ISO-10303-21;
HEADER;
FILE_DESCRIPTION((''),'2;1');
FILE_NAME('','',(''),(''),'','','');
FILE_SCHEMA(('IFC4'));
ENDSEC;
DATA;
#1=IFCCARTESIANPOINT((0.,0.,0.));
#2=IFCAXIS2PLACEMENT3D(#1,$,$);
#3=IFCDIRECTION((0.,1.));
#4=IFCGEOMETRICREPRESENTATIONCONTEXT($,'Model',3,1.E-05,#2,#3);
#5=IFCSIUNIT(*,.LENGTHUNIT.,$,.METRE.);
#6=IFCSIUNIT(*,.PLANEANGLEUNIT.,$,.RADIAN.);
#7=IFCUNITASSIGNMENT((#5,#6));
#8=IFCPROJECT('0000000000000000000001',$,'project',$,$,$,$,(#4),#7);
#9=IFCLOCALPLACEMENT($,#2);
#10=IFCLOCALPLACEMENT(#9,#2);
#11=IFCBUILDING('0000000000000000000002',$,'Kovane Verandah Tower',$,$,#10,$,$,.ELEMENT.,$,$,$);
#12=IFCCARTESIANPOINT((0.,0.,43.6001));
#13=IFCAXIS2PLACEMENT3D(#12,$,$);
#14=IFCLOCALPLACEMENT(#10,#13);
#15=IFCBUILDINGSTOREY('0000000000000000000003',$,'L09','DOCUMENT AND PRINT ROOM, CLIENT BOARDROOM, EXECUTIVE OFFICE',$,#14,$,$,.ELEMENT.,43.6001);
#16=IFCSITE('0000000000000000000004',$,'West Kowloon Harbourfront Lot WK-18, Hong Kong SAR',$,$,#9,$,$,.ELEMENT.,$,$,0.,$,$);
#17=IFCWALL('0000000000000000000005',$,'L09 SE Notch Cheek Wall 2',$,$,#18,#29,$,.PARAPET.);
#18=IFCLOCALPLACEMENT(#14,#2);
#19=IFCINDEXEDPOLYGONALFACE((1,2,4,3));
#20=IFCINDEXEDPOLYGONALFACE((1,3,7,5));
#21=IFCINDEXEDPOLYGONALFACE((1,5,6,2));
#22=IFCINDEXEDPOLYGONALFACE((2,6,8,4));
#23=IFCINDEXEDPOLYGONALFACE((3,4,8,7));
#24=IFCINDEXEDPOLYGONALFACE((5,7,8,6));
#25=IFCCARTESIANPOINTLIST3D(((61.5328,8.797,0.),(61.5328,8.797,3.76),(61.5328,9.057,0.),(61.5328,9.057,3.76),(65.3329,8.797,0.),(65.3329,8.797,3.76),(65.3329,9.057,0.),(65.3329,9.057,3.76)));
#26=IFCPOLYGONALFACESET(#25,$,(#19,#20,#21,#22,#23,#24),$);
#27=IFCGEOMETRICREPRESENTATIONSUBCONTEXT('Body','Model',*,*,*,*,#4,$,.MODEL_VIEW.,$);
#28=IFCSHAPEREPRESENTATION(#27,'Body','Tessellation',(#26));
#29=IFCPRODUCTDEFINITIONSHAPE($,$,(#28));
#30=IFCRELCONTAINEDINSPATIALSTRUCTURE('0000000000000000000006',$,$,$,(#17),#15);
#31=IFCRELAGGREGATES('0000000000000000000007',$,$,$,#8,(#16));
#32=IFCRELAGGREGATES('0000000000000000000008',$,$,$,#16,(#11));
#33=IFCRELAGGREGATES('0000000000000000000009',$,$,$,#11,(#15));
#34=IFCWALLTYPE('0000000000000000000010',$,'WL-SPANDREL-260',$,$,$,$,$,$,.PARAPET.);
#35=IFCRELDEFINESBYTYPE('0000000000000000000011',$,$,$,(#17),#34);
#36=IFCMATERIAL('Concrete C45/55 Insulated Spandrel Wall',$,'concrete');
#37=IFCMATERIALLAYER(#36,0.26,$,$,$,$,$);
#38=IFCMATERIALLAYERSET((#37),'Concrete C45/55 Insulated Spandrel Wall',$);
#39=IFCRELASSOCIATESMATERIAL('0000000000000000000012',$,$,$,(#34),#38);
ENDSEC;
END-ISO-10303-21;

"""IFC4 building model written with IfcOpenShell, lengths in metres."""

from ifc_helpers import new_model, si_unit, direction, frame, frame_2d, origin, place, context, subcontext, project, spatial, rectangle, extrude, material, layer, layer_set, type_object, element, save


model = new_model("IFC4")

# Units and contexts
model_context = context("Model", 3, precision=1e-05, world=origin(), true_north=direction((0.0, 1.0)))
body_context = subcontext(model_context, "Body", "Model", "MODEL_VIEW")
ifc_project = project(units=[si_unit("LENGTHUNIT", "METRE"), si_unit("PLANEANGLEUNIT", "RADIAN")], contexts=[model_context])

# Site, building, storey
site_placement = place(None, origin())
site = spatial("IfcSite", under=ifc_project, at=site_placement, Name="West Kowloon Harbourfront Lot WK-18, Hong Kong SAR", CompositionType="ELEMENT", RefElevation=0.0)
building_placement = place(site_placement, origin())
building = spatial("IfcBuilding", under=site, at=building_placement, Name="Kovane Verandah Tower", CompositionType="ELEMENT")
storey_placement = place(building_placement, frame((0.0, 0.0, 43.6001)))
storey = spatial("IfcBuildingStorey", under=building, at=storey_placement, Name="L09", Description="DOCUMENT AND PRINT ROOM, CLIENT BOARDROOM, EXECUTIVE OFFICE", CompositionType="ELEMENT", Elevation=43.6001)

# Shared definitions
ifc_material_1 = material(Name="Concrete C45/55 Insulated Spandrel Wall", Category="concrete")
ifc_layer_1 = layer(ifc_material_1, 0.26)
ifc_layer_set_1 = layer_set([ifc_layer_1], Name="Concrete C45/55 Insulated Spandrel Wall")
wall_type = type_object("IfcWallType", Name="WL-SPANDREL-260", PredefinedType="PARAPET", material=ifc_layer_set_1)

# Wall
wall_1_placement = place(storey_placement, frame((61.533, 8.927, 0.0), z_axis=(0.0, 0.0, 1.0), x_axis=(1.0, 0.0, 0.0)))
element("IfcWall", 1, at=wall_1_placement, inside=storey, type_object=wall_type, Name="L09 SE Notch Cheek Wall 2", PredefinedType="PARAPET", context=body_context, shape_type="SweptSolid", body=[
    extrude(rectangle(XDim=3.8, YDim=0.26, at=frame_2d((1.8999, 0.0))), origin(), (0.0, 0.0, 1.0), 3.76),
])

save(model, "model.ifc")
